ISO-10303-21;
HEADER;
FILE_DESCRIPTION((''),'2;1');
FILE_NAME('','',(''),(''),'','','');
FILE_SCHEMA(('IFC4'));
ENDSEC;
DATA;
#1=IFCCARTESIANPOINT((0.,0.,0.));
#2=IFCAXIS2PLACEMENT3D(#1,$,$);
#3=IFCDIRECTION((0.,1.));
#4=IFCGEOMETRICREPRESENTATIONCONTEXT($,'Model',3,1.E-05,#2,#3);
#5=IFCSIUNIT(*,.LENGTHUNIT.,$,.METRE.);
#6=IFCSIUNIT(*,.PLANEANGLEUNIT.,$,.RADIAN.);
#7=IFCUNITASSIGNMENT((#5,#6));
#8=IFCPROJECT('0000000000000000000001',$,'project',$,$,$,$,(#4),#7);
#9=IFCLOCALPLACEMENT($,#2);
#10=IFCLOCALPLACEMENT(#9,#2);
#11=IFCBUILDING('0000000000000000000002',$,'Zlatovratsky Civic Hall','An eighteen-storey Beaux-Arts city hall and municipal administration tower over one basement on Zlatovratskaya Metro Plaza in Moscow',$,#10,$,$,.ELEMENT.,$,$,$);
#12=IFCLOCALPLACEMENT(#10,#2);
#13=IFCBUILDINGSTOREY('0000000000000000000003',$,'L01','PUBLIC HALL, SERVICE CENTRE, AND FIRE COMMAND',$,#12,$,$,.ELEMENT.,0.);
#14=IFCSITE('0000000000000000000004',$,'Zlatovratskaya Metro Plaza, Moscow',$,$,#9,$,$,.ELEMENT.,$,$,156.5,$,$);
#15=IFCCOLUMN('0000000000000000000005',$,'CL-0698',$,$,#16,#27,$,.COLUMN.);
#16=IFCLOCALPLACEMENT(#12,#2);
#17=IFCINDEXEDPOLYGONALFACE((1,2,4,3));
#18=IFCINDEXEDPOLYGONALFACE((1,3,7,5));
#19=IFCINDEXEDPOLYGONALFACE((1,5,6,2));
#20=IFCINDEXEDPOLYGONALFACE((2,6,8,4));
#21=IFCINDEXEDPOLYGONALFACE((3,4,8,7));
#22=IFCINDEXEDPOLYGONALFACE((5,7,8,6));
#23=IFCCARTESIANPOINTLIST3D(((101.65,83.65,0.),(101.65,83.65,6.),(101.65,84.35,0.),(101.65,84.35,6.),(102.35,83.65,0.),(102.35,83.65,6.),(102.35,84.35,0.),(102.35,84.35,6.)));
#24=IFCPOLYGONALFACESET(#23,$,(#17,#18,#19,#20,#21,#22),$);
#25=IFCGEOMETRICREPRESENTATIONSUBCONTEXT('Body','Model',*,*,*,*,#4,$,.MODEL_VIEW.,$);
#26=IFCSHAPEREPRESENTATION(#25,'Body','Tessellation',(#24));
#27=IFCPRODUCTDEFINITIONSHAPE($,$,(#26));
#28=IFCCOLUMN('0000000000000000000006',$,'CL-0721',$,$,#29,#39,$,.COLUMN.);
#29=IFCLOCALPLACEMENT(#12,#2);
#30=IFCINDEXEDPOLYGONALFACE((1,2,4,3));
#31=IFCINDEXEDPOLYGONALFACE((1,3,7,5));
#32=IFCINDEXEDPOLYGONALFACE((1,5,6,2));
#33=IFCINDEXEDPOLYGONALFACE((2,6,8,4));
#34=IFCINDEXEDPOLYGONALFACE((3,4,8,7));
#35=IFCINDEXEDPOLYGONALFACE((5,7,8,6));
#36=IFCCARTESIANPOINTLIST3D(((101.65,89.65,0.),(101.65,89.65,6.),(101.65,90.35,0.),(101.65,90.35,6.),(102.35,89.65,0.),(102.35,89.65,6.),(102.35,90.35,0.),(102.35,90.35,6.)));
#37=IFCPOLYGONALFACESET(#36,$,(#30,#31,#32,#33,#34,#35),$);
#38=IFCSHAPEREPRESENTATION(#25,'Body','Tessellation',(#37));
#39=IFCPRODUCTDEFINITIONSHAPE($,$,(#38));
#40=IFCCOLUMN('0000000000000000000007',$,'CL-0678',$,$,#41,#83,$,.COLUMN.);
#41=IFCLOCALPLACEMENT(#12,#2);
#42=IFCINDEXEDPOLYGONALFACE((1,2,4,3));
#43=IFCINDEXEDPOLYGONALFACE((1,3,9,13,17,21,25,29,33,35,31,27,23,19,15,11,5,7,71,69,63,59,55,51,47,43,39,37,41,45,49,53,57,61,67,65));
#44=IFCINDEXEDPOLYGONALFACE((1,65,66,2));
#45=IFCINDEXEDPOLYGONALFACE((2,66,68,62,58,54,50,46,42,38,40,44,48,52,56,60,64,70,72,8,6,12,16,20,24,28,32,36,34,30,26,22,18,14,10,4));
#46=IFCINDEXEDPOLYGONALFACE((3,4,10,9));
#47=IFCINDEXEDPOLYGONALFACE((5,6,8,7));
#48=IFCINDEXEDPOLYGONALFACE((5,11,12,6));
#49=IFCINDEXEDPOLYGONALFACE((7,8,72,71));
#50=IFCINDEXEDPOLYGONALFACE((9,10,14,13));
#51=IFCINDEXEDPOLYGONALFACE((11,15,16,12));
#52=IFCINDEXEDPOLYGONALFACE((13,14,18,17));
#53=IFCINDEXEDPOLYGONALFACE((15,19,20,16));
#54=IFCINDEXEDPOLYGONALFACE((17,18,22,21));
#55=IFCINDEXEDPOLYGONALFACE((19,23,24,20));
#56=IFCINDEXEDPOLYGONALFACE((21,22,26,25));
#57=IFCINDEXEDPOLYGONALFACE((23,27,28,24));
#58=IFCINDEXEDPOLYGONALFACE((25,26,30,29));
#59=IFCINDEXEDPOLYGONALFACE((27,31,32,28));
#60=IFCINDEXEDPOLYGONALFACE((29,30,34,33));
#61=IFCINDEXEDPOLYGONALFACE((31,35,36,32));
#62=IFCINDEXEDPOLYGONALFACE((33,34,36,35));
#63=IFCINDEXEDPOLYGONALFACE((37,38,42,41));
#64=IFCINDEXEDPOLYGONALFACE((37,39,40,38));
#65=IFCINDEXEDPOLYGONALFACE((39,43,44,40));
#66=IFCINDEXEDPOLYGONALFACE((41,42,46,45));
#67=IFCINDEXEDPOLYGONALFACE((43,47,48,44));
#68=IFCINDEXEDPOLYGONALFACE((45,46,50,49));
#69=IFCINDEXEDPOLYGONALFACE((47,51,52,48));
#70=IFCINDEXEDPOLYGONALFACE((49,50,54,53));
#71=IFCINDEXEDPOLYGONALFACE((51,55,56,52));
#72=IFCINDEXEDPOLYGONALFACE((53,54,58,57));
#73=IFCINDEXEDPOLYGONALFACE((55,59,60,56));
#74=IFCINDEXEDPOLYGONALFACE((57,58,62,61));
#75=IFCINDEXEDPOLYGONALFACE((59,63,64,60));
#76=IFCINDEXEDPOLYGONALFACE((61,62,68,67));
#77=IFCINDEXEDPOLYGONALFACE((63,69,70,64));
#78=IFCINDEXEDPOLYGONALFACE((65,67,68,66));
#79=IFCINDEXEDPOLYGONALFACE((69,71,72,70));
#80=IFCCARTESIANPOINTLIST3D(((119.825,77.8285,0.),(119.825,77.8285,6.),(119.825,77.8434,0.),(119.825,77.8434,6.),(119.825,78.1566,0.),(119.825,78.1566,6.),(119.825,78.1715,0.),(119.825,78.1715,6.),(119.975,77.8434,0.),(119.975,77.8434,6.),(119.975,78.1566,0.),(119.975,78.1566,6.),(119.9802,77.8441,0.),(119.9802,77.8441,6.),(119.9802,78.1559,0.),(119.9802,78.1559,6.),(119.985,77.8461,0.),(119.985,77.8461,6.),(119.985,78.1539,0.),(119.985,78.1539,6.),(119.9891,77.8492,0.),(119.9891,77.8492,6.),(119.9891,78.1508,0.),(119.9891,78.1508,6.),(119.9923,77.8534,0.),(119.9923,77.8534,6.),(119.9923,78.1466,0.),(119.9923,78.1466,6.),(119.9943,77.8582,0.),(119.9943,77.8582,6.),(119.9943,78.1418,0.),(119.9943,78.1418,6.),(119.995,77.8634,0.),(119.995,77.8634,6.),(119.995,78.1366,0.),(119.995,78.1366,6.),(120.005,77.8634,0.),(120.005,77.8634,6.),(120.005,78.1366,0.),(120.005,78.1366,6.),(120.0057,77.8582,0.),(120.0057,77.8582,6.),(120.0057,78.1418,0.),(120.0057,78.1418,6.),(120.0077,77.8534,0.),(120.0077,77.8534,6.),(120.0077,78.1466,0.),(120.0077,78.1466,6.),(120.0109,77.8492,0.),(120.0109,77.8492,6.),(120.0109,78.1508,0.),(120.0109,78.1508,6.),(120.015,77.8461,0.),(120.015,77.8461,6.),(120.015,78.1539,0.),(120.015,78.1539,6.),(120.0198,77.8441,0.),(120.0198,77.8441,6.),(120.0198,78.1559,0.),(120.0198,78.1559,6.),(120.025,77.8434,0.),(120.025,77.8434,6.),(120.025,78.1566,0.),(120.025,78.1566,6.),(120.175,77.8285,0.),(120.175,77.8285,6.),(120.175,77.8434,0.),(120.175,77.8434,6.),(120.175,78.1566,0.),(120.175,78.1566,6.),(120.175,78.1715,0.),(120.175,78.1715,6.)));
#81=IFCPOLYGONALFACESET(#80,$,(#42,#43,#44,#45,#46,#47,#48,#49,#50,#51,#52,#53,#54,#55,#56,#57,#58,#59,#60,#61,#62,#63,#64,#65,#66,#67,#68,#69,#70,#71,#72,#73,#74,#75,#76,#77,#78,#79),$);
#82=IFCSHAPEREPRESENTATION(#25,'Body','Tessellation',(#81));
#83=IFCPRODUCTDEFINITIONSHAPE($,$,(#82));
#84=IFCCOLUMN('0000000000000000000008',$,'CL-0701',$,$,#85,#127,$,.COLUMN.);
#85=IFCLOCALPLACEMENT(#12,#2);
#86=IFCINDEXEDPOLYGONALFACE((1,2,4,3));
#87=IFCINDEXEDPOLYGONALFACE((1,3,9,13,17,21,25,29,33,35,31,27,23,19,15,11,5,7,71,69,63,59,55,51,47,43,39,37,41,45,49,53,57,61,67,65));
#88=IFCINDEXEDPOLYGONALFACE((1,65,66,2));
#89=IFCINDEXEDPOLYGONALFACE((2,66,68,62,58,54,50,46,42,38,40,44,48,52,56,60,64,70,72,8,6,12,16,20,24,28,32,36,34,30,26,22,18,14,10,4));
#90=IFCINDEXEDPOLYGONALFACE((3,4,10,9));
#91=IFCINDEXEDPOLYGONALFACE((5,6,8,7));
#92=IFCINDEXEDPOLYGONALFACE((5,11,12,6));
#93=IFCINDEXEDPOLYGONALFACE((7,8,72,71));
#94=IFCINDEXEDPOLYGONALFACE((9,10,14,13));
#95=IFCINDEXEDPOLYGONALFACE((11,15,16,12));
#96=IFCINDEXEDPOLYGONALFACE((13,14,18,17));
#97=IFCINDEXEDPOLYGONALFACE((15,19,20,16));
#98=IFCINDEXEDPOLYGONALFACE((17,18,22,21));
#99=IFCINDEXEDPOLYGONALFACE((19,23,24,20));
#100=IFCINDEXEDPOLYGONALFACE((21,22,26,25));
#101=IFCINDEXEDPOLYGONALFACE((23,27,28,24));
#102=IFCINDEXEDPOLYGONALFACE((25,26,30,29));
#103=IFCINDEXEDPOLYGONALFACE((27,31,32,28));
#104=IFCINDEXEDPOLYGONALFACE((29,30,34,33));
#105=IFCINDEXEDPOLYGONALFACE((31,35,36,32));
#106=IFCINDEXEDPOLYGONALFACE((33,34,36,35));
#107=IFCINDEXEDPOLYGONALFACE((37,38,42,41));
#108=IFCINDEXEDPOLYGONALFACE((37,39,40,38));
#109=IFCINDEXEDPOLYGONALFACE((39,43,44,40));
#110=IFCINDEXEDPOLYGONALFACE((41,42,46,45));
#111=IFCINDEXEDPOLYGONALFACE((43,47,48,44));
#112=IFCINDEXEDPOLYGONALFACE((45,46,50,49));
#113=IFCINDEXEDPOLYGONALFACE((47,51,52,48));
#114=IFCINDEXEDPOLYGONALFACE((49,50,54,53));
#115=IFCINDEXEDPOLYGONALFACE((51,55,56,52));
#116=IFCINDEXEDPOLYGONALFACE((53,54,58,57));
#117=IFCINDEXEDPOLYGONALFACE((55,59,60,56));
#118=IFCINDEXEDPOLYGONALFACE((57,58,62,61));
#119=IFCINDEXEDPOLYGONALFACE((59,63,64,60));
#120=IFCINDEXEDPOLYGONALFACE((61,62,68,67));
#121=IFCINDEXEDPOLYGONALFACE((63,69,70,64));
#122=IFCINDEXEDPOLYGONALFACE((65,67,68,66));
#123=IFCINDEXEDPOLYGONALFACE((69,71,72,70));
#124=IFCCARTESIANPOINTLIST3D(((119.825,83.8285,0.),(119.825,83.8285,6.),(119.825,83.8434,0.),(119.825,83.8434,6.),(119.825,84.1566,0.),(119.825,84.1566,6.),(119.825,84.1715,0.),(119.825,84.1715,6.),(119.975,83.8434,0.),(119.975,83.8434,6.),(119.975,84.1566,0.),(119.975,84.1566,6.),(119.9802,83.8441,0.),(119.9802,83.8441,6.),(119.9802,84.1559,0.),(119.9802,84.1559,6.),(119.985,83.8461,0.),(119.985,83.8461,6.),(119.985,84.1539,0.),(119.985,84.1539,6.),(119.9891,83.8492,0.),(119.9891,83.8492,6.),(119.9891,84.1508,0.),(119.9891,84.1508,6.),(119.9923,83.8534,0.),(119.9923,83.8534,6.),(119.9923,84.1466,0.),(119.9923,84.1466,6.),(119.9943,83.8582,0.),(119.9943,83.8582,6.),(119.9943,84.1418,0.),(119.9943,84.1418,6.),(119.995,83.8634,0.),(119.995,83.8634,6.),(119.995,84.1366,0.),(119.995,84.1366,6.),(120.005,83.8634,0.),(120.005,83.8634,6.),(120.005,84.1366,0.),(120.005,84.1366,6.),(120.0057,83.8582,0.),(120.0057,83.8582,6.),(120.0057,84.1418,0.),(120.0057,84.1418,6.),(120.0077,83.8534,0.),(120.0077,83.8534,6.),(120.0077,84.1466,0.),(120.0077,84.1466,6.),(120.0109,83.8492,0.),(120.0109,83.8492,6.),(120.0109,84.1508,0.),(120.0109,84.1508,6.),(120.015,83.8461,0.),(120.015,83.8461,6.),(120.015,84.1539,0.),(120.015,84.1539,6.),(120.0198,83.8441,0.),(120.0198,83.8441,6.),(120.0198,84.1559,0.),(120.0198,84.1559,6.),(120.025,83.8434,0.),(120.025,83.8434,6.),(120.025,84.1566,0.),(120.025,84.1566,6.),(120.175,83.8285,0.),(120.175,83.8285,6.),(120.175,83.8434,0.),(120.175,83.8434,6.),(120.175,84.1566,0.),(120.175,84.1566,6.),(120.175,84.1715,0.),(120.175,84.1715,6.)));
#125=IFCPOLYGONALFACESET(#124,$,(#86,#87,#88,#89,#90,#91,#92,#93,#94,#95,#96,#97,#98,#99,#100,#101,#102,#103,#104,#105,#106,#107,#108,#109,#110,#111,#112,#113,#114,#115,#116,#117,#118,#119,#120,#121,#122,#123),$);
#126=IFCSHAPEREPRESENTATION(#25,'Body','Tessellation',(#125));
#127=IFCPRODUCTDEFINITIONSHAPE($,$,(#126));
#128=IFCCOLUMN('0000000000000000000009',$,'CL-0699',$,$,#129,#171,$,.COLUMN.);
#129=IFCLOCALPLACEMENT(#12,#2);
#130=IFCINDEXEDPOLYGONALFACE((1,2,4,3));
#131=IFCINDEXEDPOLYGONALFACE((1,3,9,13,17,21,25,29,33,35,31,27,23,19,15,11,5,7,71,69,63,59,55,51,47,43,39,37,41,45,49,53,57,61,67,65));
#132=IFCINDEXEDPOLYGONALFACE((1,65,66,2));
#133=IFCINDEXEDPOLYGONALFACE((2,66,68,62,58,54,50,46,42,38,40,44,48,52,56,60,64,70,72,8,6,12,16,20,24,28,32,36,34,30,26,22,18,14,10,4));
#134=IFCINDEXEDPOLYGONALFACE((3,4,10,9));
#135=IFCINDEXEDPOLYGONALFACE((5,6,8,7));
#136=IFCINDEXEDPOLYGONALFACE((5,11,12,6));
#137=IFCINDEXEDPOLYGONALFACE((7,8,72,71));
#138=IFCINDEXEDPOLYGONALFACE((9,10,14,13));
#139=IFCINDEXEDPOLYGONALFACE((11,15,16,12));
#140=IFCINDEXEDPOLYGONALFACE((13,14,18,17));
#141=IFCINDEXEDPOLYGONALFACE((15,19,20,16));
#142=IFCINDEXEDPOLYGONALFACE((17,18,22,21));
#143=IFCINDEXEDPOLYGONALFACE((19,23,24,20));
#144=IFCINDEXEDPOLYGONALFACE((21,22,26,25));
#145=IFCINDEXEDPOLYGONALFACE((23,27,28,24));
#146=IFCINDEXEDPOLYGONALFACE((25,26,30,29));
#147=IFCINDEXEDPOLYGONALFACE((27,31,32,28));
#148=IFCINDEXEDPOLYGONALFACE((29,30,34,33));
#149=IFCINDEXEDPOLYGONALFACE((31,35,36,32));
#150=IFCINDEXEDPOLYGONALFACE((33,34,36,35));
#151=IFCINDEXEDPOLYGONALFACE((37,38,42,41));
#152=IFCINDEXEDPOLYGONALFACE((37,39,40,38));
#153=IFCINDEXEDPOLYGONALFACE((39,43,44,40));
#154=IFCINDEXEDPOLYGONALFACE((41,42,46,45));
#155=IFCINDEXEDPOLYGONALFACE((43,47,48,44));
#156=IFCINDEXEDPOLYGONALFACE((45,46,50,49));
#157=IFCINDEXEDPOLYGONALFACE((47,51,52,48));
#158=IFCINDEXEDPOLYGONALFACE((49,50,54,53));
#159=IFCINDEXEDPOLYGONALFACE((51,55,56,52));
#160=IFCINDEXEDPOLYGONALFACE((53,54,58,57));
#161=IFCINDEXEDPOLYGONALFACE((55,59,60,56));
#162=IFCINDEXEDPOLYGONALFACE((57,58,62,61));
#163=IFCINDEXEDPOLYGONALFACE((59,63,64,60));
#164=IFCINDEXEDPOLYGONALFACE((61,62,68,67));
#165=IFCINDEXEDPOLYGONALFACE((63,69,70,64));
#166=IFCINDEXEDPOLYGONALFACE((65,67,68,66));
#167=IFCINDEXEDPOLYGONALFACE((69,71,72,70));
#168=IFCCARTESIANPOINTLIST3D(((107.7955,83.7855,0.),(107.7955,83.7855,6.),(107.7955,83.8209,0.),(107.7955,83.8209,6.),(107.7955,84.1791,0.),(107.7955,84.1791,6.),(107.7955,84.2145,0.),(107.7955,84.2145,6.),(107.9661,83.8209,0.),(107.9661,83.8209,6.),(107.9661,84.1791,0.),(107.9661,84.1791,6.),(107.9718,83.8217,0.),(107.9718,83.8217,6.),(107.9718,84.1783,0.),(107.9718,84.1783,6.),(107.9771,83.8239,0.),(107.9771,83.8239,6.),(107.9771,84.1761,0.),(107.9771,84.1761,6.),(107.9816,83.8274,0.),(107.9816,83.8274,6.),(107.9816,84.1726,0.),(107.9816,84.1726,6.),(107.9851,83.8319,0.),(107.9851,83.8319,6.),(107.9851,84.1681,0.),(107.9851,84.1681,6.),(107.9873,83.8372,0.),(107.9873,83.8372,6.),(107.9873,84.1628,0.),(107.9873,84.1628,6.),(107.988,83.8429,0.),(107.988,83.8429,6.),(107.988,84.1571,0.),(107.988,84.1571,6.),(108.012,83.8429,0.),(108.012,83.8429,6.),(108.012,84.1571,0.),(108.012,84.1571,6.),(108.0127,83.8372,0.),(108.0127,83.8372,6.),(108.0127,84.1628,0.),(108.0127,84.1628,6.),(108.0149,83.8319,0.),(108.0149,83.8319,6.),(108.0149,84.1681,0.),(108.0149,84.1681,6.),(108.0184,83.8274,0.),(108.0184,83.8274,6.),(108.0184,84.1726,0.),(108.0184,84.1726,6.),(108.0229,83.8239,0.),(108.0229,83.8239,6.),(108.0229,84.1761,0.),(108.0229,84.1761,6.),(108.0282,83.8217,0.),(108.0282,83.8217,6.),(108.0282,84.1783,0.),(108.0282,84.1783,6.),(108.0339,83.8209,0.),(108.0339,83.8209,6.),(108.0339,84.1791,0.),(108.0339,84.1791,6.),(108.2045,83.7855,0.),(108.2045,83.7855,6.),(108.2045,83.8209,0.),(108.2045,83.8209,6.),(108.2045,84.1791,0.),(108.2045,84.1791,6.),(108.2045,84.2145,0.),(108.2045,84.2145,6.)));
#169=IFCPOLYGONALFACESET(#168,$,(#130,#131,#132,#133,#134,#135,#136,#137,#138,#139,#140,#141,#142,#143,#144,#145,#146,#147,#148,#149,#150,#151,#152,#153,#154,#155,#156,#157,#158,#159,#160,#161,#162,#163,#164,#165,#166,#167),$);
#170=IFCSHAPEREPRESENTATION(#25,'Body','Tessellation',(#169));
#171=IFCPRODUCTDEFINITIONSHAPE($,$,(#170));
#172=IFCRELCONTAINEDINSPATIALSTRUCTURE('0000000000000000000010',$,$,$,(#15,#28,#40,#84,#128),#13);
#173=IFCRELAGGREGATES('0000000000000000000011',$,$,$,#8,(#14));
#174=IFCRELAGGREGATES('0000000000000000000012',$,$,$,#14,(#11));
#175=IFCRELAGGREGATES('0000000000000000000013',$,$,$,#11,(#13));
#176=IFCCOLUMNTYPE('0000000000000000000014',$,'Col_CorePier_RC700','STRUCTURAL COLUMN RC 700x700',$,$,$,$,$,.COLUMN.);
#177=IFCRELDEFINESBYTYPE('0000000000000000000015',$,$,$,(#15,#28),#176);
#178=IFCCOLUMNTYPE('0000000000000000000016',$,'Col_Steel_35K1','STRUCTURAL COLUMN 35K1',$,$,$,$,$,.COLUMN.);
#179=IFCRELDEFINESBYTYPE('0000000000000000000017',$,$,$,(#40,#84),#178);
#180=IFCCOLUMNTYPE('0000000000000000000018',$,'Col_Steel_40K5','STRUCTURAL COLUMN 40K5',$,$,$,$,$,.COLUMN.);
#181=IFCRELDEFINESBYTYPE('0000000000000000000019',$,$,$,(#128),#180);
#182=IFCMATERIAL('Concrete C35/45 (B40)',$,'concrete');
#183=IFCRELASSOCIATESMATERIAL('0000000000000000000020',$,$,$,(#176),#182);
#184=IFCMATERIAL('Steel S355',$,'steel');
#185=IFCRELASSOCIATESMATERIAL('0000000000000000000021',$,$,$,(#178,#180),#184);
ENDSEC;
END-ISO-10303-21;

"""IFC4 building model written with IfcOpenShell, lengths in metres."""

from ifc_helpers import new_model, si_unit, direction, frame, origin, origin_2d, place, context, subcontext, project, spatial, rectangle, i_section, extrude, material, material_profile, profile_set, type_object, element, save


model = new_model("IFC4")

# Units and contexts
model_context = context("Model", 3, precision=1e-05, world=origin(), true_north=direction((0.0, 1.0)))
body_context = subcontext(model_context, "Body", "Model", "MODEL_VIEW")
ifc_project = project(units=[si_unit("LENGTHUNIT", "METRE"), si_unit("PLANEANGLEUNIT", "RADIAN")], contexts=[model_context])

# Site, building, storey
site_placement = place(None, origin())
site = spatial("IfcSite", under=ifc_project, at=site_placement, Name="Zlatovratskaya Metro Plaza, Moscow", CompositionType="ELEMENT", RefElevation=156.5)
building_placement = place(site_placement, origin())
building = spatial("IfcBuilding", under=site, at=building_placement, Name="Zlatovratsky Civic Hall", Description="An eighteen-storey Beaux-Arts city hall and municipal administration tower over one basement on Zlatovratskaya Metro Plaza in Moscow", CompositionType="ELEMENT")
storey_placement = place(building_placement, origin())
storey = spatial("IfcBuildingStorey", under=building, at=storey_placement, Name="L01", Description="PUBLIC HALL, SERVICE CENTRE, AND FIRE COMMAND", CompositionType="ELEMENT", Elevation=0.0)

# Columns
ifc_material_1 = material(Name="Concrete C35/45 (B40)", Category="concrete")
ifc_material_profile_1 = material_profile(ifc_material_1, rectangle(XDim=0.7, YDim=0.7, at=origin_2d()), Name="RC 700x700")
ifc_profile_set_1 = profile_set([ifc_material_profile_1], Name="Concrete C35/45 (B40)")
column_type_1 = type_object("IfcColumnType", Name="Col_CorePier_RC700", Description="STRUCTURAL COLUMN RC 700x700", PredefinedType="COLUMN", material=ifc_profile_set_1)
for number, where, z_axis, x_axis, name in (
    (1, (102.0, 84.0, 0.0), (0.0, 0.0, 1.0), (1.0, 0.0, 0.0), "CL-0698"),
    (2, (102.0, 90.0, 0.0), (0.0, 0.0, 1.0), (1.0, 0.0, 0.0), "CL-0721"),
):
    element("IfcColumn", number, at=place(storey_placement, frame(where, z_axis=z_axis, x_axis=x_axis)), inside=storey, type_object=column_type_1, Name=name, PredefinedType="COLUMN", context=body_context, shape_type="SweptSolid", body=[
        extrude(rectangle(XDim=0.7, YDim=0.7, at=origin_2d()), origin(), (0.0, 0.0, 1.0), 6.0),
    ])
ifc_material_2 = material(Name="Steel S355", Category="steel")
ifc_material_profile_2 = material_profile(ifc_material_2, i_section(OverallWidth=0.3501, OverallDepth=0.343, WebThickness=0.01, FlangeThickness=0.0149, FilletRadius=0.02, at=origin_2d()), Name="35K1")
ifc_profile_set_2 = profile_set([ifc_material_profile_2], Name="Steel S355")
column_type_2 = type_object("IfcColumnType", Name="Col_Steel_35K1", Description="STRUCTURAL COLUMN 35K1", PredefinedType="COLUMN", material=ifc_profile_set_2)
for number, where, z_axis, x_axis, name in (
    (3, (120.0, 78.0, 0.0), (0.0, 0.0, 1.0), (1.0, 0.0, 0.0), "CL-0678"),
    (4, (120.0, 84.0, 0.0), (0.0, 0.0, 1.0), (1.0, 0.0, 0.0), "CL-0701"),
):
    element("IfcColumn", number, at=place(storey_placement, frame(where, z_axis=z_axis, x_axis=x_axis)), inside=storey, type_object=column_type_2, Name=name, PredefinedType="COLUMN", context=body_context, shape_type="SweptSolid", body=[
        extrude(i_section(OverallWidth=0.3501, OverallDepth=0.343, WebThickness=0.01, FlangeThickness=0.0149, FilletRadius=0.02, at=origin_2d()), origin(), (0.0, 0.0, 1.0), 6.0),
    ])
ifc_material_profile_3 = material_profile(ifc_material_2, i_section(OverallWidth=0.4089, OverallDepth=0.429, WebThickness=0.0239, FlangeThickness=0.0354, FilletRadius=0.022, at=origin_2d()), Name="40K5")
ifc_profile_set_3 = profile_set([ifc_material_profile_3], Name="Steel S355")
column_type_3 = type_object("IfcColumnType", Name="Col_Steel_40K5", Description="STRUCTURAL COLUMN 40K5", PredefinedType="COLUMN", material=ifc_profile_set_3)
for number, where, z_axis, x_axis, name in (
    (5, (108.0, 84.0, 0.0), (0.0, 0.0, 1.0), (1.0, 0.0, 0.0), "CL-0699"),
):
    element("IfcColumn", number, at=place(storey_placement, frame(where, z_axis=z_axis, x_axis=x_axis)), inside=storey, type_object=column_type_3, Name=name, PredefinedType="COLUMN", context=body_context, shape_type="SweptSolid", body=[
        extrude(i_section(OverallWidth=0.4089, OverallDepth=0.429, WebThickness=0.0239, FlangeThickness=0.0354, FilletRadius=0.022, at=origin_2d()), origin(), (0.0, 0.0, 1.0), 6.0),
    ])

save(model, "model.ifc")
